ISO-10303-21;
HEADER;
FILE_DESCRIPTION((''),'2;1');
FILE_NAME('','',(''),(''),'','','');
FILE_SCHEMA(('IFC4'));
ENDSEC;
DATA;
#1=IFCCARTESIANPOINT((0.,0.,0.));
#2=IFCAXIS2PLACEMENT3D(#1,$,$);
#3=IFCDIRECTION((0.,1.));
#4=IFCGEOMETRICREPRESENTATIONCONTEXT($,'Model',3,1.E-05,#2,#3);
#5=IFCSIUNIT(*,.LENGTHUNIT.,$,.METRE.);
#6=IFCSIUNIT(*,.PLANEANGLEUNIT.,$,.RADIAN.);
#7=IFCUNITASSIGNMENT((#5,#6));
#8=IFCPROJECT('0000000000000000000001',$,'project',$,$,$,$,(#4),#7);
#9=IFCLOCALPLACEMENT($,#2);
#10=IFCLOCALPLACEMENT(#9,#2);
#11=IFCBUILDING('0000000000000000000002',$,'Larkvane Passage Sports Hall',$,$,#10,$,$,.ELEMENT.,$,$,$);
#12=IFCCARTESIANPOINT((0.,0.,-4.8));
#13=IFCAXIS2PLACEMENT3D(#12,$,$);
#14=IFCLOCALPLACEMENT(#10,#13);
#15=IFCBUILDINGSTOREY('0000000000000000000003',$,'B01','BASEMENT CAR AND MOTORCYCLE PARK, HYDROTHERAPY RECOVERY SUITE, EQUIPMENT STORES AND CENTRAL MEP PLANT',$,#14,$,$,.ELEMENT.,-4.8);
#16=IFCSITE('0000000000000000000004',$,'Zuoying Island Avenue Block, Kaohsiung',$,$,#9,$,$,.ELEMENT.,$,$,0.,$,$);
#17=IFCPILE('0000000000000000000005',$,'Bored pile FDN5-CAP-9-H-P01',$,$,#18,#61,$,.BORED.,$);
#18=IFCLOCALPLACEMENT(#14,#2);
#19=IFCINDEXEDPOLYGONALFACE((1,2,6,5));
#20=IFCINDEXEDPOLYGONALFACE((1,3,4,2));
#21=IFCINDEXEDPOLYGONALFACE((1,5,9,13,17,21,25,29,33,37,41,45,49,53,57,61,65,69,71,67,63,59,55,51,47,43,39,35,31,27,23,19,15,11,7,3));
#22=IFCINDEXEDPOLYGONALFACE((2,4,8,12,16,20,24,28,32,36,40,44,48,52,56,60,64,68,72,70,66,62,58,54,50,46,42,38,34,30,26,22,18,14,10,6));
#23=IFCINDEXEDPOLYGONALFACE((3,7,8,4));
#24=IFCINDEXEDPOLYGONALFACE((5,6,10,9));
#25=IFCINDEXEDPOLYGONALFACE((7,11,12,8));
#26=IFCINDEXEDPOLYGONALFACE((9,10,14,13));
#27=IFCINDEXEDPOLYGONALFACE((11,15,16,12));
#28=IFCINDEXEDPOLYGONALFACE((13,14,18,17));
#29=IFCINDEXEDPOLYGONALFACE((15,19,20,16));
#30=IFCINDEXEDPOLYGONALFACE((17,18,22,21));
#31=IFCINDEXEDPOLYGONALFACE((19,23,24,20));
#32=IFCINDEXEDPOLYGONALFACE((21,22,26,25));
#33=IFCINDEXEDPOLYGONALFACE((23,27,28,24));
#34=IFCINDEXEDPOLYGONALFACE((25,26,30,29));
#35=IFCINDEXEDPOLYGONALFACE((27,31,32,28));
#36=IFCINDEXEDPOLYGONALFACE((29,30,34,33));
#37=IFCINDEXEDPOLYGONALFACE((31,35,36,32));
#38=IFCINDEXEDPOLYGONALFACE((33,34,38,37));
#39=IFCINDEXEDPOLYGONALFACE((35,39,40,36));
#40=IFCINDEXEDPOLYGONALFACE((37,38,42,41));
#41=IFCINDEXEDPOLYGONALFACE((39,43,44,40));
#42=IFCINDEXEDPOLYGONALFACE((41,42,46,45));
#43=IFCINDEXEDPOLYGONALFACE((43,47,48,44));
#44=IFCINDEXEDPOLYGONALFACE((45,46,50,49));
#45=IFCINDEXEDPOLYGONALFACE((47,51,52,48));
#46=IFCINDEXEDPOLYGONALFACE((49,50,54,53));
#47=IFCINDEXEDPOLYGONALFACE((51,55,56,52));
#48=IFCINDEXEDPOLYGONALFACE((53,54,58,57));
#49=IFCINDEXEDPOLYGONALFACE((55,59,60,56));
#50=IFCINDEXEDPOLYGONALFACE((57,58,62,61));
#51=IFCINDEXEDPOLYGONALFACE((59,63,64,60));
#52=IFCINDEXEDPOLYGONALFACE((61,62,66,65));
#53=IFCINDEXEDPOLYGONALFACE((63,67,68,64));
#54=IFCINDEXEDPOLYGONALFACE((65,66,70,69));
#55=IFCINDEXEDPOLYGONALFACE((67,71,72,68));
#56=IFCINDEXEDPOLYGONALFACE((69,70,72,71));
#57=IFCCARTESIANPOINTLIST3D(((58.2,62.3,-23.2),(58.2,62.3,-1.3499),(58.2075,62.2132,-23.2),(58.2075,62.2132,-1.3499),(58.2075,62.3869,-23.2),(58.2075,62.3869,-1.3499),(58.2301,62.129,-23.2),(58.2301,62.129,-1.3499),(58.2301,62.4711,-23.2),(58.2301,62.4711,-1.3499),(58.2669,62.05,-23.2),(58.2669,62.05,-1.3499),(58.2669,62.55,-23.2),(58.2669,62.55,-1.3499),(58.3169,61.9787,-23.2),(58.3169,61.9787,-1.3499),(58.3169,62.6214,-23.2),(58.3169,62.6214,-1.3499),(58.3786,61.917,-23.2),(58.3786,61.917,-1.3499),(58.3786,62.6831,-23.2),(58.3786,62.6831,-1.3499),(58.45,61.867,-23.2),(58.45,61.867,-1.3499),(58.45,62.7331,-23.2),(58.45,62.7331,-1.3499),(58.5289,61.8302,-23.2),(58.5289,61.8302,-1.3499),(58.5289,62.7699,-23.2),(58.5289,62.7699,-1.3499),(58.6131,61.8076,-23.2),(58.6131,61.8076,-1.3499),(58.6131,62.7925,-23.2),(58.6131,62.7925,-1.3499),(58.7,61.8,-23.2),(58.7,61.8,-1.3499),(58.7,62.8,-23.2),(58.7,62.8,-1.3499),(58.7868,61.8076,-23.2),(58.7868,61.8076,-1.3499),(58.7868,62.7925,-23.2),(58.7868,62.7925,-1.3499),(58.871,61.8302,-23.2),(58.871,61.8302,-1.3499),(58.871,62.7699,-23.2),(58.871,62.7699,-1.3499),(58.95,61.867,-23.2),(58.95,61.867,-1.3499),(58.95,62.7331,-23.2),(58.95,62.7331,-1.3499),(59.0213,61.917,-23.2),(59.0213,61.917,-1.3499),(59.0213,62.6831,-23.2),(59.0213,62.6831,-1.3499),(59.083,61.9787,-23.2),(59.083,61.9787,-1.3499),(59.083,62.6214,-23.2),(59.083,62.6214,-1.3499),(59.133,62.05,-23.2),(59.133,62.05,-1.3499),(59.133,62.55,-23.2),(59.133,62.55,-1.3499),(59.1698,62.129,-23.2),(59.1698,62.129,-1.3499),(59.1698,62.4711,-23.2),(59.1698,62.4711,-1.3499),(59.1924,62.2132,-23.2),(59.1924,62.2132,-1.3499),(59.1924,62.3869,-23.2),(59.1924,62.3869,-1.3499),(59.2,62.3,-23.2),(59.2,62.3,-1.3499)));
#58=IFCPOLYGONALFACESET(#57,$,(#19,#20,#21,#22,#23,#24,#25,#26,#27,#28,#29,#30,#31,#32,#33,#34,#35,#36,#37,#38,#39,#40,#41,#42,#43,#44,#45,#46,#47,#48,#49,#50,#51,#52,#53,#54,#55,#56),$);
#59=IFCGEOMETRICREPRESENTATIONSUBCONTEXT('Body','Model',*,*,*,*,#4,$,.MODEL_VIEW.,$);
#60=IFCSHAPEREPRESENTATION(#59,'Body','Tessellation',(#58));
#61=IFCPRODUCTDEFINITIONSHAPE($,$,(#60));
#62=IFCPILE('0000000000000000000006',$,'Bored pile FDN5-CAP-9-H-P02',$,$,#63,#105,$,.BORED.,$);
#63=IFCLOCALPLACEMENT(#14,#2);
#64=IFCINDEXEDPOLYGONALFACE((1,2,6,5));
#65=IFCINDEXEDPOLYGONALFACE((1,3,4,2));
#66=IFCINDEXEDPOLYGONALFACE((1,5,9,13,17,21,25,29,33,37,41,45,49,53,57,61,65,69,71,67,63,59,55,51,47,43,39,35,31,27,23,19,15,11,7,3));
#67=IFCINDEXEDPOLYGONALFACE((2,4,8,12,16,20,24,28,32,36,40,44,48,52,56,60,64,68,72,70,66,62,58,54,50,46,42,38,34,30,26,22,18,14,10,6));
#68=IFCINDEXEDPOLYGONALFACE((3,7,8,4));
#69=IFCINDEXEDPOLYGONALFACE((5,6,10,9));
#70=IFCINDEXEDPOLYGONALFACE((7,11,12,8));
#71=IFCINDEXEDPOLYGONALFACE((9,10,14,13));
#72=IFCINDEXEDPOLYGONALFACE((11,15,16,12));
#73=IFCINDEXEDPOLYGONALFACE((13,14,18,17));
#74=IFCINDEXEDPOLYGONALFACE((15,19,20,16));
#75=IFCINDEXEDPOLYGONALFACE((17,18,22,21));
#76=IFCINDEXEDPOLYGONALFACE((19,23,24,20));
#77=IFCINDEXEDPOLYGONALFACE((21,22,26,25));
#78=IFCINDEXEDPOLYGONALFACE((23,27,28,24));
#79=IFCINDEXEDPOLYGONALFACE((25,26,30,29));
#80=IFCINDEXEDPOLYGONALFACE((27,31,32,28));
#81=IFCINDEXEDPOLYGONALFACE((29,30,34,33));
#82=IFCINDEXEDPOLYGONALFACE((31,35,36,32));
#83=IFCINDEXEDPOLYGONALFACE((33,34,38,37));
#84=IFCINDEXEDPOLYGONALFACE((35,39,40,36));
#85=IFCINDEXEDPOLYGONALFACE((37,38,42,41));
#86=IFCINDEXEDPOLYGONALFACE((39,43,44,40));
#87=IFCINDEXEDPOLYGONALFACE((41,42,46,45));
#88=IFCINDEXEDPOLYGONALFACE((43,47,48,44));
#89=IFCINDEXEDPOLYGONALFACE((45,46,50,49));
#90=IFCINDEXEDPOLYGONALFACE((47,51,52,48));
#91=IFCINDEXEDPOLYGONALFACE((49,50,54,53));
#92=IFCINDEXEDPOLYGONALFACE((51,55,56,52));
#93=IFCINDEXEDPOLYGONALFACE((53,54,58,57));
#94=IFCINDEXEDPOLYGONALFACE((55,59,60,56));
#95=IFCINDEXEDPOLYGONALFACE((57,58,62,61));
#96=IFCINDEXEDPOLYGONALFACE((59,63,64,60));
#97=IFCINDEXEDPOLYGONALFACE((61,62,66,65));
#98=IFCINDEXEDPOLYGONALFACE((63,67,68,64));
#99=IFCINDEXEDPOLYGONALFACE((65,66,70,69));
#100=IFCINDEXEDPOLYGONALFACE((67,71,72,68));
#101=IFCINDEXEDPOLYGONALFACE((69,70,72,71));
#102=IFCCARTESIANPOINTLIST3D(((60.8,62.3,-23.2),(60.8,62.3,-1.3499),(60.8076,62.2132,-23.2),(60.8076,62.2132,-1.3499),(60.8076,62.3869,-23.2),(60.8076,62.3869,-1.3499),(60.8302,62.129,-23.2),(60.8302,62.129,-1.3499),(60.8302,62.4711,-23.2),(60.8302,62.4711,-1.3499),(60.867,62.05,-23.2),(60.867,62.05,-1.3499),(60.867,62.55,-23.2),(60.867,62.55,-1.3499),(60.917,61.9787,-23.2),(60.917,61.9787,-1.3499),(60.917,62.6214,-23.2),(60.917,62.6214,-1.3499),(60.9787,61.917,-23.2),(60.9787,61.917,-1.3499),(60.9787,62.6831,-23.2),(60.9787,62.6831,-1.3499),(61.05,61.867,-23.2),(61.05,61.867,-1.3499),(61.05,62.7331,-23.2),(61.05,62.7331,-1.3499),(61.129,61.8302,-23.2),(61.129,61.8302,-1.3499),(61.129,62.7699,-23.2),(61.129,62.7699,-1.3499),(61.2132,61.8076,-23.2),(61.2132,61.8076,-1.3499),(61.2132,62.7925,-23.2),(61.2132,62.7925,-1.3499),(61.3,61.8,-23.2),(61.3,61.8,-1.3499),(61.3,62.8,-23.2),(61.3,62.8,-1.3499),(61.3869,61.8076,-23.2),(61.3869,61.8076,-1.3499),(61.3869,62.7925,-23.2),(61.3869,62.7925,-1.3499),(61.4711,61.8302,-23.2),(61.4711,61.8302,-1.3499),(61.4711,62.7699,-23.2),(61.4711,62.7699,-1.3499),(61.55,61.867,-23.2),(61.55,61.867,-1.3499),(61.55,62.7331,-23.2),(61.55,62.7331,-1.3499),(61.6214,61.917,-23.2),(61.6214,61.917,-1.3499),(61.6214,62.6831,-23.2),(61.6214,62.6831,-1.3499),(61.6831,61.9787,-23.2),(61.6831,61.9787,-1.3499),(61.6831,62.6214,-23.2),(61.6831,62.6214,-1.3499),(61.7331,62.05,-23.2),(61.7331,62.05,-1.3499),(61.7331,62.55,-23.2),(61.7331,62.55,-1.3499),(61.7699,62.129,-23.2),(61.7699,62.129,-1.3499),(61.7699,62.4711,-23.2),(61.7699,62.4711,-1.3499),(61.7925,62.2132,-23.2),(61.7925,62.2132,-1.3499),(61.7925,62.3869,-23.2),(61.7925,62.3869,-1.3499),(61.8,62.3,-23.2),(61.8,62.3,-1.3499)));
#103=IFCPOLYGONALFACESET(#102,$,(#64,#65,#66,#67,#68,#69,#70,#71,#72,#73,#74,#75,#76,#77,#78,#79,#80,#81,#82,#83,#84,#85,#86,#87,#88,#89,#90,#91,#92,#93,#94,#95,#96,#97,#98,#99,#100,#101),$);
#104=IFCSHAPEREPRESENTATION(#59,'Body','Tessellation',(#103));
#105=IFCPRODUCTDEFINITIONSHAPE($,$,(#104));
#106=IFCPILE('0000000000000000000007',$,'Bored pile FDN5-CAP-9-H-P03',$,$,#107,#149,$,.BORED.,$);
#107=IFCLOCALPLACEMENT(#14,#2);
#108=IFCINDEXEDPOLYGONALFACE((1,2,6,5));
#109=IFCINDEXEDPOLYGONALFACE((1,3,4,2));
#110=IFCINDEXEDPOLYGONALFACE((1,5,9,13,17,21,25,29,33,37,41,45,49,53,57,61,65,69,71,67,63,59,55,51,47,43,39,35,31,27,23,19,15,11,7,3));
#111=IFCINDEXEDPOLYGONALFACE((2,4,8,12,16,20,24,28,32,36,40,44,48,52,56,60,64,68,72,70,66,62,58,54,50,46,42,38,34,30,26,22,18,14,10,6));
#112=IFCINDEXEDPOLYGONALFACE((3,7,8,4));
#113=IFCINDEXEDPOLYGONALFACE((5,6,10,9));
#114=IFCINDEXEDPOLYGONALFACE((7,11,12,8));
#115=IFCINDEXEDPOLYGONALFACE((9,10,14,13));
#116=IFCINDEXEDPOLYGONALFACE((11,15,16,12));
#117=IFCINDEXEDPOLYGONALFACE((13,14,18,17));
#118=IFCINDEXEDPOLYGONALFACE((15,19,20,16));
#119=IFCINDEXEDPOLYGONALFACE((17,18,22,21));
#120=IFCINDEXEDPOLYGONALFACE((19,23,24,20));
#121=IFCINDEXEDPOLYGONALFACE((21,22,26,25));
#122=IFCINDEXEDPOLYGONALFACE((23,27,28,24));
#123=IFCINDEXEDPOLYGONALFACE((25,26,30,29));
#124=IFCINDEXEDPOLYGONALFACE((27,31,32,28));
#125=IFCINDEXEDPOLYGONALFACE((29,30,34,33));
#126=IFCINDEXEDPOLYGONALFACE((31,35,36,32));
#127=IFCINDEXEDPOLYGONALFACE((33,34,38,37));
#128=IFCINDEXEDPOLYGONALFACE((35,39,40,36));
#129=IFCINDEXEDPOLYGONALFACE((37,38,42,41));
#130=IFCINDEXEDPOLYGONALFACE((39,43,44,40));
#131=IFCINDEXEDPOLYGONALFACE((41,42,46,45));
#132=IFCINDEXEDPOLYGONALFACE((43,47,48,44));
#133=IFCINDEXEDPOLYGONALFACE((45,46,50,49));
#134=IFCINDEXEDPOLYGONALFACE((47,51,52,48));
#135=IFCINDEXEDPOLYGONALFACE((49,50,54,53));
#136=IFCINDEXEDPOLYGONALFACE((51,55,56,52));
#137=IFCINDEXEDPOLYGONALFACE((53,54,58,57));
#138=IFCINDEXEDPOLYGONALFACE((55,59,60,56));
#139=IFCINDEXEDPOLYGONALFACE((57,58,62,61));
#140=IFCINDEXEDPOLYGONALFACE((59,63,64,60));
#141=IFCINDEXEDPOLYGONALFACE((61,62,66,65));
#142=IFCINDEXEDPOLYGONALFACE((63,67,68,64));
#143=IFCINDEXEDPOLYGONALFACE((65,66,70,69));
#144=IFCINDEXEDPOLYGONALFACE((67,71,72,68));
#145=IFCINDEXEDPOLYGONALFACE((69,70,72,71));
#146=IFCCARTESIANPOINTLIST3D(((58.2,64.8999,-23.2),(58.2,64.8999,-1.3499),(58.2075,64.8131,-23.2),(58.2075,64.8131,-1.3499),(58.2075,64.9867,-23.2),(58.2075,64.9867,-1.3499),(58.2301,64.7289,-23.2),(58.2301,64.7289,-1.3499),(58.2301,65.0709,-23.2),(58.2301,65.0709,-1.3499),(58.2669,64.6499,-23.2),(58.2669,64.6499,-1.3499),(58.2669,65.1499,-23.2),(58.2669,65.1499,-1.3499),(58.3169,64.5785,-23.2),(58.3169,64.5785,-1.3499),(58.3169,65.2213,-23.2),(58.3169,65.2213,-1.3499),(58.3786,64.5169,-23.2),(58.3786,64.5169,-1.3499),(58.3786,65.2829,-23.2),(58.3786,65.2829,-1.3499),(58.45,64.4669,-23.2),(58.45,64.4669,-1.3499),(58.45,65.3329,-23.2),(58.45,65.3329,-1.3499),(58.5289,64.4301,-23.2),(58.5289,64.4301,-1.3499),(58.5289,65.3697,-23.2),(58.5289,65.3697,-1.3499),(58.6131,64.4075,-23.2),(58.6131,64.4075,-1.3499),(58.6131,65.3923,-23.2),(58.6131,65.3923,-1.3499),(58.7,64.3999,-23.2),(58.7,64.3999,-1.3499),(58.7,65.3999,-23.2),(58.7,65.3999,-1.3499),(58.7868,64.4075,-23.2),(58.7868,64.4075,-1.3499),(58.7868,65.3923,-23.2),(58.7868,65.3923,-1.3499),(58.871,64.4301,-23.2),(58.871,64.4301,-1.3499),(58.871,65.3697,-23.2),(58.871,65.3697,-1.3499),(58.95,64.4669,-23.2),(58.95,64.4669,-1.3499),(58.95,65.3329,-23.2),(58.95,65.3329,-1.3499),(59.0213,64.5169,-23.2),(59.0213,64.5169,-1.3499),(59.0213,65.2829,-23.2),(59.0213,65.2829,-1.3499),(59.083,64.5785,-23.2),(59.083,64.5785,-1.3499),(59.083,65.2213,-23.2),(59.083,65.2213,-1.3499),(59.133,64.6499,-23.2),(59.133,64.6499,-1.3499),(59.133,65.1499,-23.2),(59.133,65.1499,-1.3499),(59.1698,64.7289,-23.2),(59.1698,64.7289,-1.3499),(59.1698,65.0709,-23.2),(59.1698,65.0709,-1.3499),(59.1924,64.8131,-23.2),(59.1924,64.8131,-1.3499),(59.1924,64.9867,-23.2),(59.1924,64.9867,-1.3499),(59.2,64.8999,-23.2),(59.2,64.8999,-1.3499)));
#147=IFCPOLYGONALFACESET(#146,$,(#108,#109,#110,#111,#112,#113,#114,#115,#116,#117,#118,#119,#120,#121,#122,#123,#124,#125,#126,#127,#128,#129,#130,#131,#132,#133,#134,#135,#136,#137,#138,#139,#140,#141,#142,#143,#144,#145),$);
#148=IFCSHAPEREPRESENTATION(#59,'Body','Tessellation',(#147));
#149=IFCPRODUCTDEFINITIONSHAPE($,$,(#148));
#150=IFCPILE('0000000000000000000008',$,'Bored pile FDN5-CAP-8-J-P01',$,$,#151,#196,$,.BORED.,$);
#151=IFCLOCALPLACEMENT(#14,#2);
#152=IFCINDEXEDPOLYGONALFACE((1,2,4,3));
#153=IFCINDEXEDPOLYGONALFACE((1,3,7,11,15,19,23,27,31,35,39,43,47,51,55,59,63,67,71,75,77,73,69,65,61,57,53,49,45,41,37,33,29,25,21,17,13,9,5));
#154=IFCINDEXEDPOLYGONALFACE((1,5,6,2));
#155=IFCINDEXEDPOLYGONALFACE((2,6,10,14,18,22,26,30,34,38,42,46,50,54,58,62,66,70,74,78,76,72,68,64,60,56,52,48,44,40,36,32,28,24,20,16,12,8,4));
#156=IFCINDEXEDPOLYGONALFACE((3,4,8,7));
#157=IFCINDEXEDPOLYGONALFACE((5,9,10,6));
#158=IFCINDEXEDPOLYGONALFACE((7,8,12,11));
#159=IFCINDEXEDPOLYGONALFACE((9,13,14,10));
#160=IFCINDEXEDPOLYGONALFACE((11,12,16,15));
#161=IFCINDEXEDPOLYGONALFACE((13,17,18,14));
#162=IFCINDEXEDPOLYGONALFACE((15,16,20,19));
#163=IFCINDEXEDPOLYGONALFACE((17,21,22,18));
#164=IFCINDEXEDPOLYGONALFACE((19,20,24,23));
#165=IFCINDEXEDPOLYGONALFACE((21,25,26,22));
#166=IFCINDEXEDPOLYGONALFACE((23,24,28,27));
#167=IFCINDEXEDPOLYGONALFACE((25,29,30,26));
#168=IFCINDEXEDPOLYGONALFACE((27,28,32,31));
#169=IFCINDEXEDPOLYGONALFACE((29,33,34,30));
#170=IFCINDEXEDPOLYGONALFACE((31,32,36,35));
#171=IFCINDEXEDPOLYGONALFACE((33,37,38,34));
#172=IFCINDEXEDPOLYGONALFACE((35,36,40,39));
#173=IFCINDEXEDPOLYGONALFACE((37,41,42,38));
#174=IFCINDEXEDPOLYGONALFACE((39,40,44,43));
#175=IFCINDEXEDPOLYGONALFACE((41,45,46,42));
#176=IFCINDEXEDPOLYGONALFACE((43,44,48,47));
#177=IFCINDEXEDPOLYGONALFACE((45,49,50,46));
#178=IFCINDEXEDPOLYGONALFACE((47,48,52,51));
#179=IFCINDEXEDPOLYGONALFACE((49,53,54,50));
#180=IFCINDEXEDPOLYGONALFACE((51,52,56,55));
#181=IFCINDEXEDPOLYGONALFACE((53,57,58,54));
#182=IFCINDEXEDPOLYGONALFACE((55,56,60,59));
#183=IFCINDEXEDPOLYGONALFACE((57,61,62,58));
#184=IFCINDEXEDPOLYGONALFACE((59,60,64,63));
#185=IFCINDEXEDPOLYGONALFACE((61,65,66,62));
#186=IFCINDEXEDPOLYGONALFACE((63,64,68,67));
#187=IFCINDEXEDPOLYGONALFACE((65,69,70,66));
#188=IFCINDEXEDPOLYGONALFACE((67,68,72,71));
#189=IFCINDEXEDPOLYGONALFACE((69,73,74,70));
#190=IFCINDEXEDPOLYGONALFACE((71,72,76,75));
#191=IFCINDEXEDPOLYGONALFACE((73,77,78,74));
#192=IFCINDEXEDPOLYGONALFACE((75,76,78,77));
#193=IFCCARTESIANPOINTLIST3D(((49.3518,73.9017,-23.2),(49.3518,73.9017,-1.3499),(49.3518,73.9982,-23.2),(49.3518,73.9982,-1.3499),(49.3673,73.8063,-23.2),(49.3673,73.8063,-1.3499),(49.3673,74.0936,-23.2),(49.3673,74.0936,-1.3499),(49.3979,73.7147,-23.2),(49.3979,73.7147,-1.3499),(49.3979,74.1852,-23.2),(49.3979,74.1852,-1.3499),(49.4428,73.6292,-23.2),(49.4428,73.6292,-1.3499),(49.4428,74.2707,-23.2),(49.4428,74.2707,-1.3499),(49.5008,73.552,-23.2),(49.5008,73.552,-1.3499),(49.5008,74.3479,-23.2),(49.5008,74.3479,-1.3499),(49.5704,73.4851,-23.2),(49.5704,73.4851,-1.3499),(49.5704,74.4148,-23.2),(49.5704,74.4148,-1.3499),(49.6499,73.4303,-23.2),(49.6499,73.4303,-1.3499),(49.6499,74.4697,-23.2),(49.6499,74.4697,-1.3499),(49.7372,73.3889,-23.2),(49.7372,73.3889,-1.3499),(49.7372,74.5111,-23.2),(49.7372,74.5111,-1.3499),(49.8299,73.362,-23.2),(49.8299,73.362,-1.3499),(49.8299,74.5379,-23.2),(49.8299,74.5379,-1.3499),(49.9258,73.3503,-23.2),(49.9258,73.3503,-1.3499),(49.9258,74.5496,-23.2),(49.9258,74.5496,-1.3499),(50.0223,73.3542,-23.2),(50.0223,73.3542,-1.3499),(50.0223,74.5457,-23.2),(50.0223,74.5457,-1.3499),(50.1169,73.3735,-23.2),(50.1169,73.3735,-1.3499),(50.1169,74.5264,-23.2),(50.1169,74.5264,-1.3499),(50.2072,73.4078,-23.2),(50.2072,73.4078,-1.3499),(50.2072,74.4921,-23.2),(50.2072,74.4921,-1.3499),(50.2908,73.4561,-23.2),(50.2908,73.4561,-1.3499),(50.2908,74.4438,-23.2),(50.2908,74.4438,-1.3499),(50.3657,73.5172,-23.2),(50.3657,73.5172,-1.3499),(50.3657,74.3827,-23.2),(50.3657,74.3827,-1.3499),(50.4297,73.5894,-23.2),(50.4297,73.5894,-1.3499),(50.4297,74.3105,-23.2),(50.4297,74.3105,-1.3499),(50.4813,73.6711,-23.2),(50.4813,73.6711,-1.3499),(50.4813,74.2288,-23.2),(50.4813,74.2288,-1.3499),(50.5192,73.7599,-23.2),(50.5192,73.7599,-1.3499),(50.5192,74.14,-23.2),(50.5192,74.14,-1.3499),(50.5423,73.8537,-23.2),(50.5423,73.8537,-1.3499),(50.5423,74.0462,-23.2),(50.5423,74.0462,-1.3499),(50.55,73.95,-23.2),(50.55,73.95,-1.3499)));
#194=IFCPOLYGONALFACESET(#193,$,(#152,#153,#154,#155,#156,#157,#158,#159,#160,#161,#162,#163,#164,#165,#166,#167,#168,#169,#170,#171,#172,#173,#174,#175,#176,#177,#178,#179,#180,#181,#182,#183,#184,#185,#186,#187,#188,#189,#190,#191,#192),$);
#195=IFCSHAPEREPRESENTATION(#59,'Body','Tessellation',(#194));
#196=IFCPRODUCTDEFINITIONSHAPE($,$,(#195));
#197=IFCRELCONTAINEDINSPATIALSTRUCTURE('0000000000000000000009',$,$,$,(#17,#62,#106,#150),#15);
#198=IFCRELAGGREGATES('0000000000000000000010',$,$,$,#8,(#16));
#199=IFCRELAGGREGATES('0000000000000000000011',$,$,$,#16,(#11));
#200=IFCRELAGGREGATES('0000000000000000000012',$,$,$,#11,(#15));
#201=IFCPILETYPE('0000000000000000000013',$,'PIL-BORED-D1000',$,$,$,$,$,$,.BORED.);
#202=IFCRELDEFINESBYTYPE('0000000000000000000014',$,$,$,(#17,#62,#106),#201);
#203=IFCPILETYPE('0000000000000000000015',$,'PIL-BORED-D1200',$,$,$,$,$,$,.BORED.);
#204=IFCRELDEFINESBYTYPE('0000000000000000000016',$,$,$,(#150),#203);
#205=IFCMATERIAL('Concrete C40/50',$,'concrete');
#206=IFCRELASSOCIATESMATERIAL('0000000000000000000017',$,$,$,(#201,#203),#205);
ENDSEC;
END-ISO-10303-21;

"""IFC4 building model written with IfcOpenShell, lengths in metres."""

from ifc_helpers import new_model, si_unit, direction, frame, origin, origin_2d, place, context, subcontext, project, spatial, circle, extrude, material, material_profile, profile_set, type_object, element, save


model = new_model("IFC4")

# Units and contexts
model_context = context("Model", 3, precision=1e-05, world=origin(), true_north=direction((0.0, 1.0)))
body_context = subcontext(model_context, "Body", "Model", "MODEL_VIEW")
ifc_project = project(units=[si_unit("LENGTHUNIT", "METRE"), si_unit("PLANEANGLEUNIT", "RADIAN")], contexts=[model_context])

# Site, building, storey
site_placement = place(None, origin())
site = spatial("IfcSite", under=ifc_project, at=site_placement, Name="Zuoying Island Avenue Block, Kaohsiung", CompositionType="ELEMENT", RefElevation=0.0)
building_placement = place(site_placement, origin())
building = spatial("IfcBuilding", under=site, at=building_placement, Name="Larkvane Passage Sports Hall", CompositionType="ELEMENT")
storey_placement = place(building_placement, frame((0.0, 0.0, -4.8)))
storey = spatial("IfcBuildingStorey", under=building, at=storey_placement, Name="B01", Description="BASEMENT CAR AND MOTORCYCLE PARK, HYDROTHERAPY RECOVERY SUITE, EQUIPMENT STORES AND CENTRAL MEP PLANT", CompositionType="ELEMENT", Elevation=-4.8)

# Shared definitions
ifc_material_1 = material(Name="Concrete C40/50", Category="concrete")

# Piles
ifc_material_profile_1 = material_profile(ifc_material_1, circle(Radius=0.5, at=origin_2d()), Name="PILE-D1000")
ifc_profile_set_1 = profile_set([ifc_material_profile_1], Name="Concrete C40/50")
pile_type_1 = type_object("IfcPileType", Name="PIL-BORED-D1000", PredefinedType="BORED", material=ifc_profile_set_1)
for number, where, z_axis, x_axis, name in (
    (1, (58.7, 62.3, -1.3499), (0.0, 0.0, -1.0), (1.0, 0.0, 0.0), "Bored pile FDN5-CAP-9-H-P01"),
    (2, (61.3, 62.3, -1.3499), (0.0, 0.0, -1.0), (1.0, 0.0, 0.0), "Bored pile FDN5-CAP-9-H-P02"),
    (3, (58.7, 64.8999, -1.3499), (0.0, 0.0, -1.0), (1.0, 0.0, 0.0), "Bored pile FDN5-CAP-9-H-P03"),
):
    element("IfcPile", number, at=place(storey_placement, frame(where, z_axis=z_axis, x_axis=x_axis)), inside=storey, type_object=pile_type_1, Name=name, PredefinedType="BORED", context=body_context, shape_type="SweptSolid", body=[
        extrude(circle(Radius=0.5, at=origin_2d()), origin(), (0.0, 0.0, 1.0), 21.8501),
    ])
ifc_material_profile_2 = material_profile(ifc_material_1, circle(Radius=0.6001, at=origin_2d()), Name="PILE-D1200")
ifc_profile_set_2 = profile_set([ifc_material_profile_2], Name="Concrete C40/50")
pile_type_2 = type_object("IfcPileType", Name="PIL-BORED-D1200", PredefinedType="BORED", material=ifc_profile_set_2)
for number, where, z_axis, x_axis, name in (
    (4, (49.95, 73.95, -1.3499), (0.0, 0.0, -1.0), (1.0, 0.0, 0.0), "Bored pile FDN5-CAP-8-J-P01"),
):
    element("IfcPile", number, at=place(storey_placement, frame(where, z_axis=z_axis, x_axis=x_axis)), inside=storey, type_object=pile_type_2, Name=name, PredefinedType="BORED", context=body_context, shape_type="SweptSolid", body=[
        extrude(circle(Radius=0.6001, at=origin_2d()), origin(), (0.0, 0.0, 1.0), 21.8501),
    ])

save(model, "model.ifc")
